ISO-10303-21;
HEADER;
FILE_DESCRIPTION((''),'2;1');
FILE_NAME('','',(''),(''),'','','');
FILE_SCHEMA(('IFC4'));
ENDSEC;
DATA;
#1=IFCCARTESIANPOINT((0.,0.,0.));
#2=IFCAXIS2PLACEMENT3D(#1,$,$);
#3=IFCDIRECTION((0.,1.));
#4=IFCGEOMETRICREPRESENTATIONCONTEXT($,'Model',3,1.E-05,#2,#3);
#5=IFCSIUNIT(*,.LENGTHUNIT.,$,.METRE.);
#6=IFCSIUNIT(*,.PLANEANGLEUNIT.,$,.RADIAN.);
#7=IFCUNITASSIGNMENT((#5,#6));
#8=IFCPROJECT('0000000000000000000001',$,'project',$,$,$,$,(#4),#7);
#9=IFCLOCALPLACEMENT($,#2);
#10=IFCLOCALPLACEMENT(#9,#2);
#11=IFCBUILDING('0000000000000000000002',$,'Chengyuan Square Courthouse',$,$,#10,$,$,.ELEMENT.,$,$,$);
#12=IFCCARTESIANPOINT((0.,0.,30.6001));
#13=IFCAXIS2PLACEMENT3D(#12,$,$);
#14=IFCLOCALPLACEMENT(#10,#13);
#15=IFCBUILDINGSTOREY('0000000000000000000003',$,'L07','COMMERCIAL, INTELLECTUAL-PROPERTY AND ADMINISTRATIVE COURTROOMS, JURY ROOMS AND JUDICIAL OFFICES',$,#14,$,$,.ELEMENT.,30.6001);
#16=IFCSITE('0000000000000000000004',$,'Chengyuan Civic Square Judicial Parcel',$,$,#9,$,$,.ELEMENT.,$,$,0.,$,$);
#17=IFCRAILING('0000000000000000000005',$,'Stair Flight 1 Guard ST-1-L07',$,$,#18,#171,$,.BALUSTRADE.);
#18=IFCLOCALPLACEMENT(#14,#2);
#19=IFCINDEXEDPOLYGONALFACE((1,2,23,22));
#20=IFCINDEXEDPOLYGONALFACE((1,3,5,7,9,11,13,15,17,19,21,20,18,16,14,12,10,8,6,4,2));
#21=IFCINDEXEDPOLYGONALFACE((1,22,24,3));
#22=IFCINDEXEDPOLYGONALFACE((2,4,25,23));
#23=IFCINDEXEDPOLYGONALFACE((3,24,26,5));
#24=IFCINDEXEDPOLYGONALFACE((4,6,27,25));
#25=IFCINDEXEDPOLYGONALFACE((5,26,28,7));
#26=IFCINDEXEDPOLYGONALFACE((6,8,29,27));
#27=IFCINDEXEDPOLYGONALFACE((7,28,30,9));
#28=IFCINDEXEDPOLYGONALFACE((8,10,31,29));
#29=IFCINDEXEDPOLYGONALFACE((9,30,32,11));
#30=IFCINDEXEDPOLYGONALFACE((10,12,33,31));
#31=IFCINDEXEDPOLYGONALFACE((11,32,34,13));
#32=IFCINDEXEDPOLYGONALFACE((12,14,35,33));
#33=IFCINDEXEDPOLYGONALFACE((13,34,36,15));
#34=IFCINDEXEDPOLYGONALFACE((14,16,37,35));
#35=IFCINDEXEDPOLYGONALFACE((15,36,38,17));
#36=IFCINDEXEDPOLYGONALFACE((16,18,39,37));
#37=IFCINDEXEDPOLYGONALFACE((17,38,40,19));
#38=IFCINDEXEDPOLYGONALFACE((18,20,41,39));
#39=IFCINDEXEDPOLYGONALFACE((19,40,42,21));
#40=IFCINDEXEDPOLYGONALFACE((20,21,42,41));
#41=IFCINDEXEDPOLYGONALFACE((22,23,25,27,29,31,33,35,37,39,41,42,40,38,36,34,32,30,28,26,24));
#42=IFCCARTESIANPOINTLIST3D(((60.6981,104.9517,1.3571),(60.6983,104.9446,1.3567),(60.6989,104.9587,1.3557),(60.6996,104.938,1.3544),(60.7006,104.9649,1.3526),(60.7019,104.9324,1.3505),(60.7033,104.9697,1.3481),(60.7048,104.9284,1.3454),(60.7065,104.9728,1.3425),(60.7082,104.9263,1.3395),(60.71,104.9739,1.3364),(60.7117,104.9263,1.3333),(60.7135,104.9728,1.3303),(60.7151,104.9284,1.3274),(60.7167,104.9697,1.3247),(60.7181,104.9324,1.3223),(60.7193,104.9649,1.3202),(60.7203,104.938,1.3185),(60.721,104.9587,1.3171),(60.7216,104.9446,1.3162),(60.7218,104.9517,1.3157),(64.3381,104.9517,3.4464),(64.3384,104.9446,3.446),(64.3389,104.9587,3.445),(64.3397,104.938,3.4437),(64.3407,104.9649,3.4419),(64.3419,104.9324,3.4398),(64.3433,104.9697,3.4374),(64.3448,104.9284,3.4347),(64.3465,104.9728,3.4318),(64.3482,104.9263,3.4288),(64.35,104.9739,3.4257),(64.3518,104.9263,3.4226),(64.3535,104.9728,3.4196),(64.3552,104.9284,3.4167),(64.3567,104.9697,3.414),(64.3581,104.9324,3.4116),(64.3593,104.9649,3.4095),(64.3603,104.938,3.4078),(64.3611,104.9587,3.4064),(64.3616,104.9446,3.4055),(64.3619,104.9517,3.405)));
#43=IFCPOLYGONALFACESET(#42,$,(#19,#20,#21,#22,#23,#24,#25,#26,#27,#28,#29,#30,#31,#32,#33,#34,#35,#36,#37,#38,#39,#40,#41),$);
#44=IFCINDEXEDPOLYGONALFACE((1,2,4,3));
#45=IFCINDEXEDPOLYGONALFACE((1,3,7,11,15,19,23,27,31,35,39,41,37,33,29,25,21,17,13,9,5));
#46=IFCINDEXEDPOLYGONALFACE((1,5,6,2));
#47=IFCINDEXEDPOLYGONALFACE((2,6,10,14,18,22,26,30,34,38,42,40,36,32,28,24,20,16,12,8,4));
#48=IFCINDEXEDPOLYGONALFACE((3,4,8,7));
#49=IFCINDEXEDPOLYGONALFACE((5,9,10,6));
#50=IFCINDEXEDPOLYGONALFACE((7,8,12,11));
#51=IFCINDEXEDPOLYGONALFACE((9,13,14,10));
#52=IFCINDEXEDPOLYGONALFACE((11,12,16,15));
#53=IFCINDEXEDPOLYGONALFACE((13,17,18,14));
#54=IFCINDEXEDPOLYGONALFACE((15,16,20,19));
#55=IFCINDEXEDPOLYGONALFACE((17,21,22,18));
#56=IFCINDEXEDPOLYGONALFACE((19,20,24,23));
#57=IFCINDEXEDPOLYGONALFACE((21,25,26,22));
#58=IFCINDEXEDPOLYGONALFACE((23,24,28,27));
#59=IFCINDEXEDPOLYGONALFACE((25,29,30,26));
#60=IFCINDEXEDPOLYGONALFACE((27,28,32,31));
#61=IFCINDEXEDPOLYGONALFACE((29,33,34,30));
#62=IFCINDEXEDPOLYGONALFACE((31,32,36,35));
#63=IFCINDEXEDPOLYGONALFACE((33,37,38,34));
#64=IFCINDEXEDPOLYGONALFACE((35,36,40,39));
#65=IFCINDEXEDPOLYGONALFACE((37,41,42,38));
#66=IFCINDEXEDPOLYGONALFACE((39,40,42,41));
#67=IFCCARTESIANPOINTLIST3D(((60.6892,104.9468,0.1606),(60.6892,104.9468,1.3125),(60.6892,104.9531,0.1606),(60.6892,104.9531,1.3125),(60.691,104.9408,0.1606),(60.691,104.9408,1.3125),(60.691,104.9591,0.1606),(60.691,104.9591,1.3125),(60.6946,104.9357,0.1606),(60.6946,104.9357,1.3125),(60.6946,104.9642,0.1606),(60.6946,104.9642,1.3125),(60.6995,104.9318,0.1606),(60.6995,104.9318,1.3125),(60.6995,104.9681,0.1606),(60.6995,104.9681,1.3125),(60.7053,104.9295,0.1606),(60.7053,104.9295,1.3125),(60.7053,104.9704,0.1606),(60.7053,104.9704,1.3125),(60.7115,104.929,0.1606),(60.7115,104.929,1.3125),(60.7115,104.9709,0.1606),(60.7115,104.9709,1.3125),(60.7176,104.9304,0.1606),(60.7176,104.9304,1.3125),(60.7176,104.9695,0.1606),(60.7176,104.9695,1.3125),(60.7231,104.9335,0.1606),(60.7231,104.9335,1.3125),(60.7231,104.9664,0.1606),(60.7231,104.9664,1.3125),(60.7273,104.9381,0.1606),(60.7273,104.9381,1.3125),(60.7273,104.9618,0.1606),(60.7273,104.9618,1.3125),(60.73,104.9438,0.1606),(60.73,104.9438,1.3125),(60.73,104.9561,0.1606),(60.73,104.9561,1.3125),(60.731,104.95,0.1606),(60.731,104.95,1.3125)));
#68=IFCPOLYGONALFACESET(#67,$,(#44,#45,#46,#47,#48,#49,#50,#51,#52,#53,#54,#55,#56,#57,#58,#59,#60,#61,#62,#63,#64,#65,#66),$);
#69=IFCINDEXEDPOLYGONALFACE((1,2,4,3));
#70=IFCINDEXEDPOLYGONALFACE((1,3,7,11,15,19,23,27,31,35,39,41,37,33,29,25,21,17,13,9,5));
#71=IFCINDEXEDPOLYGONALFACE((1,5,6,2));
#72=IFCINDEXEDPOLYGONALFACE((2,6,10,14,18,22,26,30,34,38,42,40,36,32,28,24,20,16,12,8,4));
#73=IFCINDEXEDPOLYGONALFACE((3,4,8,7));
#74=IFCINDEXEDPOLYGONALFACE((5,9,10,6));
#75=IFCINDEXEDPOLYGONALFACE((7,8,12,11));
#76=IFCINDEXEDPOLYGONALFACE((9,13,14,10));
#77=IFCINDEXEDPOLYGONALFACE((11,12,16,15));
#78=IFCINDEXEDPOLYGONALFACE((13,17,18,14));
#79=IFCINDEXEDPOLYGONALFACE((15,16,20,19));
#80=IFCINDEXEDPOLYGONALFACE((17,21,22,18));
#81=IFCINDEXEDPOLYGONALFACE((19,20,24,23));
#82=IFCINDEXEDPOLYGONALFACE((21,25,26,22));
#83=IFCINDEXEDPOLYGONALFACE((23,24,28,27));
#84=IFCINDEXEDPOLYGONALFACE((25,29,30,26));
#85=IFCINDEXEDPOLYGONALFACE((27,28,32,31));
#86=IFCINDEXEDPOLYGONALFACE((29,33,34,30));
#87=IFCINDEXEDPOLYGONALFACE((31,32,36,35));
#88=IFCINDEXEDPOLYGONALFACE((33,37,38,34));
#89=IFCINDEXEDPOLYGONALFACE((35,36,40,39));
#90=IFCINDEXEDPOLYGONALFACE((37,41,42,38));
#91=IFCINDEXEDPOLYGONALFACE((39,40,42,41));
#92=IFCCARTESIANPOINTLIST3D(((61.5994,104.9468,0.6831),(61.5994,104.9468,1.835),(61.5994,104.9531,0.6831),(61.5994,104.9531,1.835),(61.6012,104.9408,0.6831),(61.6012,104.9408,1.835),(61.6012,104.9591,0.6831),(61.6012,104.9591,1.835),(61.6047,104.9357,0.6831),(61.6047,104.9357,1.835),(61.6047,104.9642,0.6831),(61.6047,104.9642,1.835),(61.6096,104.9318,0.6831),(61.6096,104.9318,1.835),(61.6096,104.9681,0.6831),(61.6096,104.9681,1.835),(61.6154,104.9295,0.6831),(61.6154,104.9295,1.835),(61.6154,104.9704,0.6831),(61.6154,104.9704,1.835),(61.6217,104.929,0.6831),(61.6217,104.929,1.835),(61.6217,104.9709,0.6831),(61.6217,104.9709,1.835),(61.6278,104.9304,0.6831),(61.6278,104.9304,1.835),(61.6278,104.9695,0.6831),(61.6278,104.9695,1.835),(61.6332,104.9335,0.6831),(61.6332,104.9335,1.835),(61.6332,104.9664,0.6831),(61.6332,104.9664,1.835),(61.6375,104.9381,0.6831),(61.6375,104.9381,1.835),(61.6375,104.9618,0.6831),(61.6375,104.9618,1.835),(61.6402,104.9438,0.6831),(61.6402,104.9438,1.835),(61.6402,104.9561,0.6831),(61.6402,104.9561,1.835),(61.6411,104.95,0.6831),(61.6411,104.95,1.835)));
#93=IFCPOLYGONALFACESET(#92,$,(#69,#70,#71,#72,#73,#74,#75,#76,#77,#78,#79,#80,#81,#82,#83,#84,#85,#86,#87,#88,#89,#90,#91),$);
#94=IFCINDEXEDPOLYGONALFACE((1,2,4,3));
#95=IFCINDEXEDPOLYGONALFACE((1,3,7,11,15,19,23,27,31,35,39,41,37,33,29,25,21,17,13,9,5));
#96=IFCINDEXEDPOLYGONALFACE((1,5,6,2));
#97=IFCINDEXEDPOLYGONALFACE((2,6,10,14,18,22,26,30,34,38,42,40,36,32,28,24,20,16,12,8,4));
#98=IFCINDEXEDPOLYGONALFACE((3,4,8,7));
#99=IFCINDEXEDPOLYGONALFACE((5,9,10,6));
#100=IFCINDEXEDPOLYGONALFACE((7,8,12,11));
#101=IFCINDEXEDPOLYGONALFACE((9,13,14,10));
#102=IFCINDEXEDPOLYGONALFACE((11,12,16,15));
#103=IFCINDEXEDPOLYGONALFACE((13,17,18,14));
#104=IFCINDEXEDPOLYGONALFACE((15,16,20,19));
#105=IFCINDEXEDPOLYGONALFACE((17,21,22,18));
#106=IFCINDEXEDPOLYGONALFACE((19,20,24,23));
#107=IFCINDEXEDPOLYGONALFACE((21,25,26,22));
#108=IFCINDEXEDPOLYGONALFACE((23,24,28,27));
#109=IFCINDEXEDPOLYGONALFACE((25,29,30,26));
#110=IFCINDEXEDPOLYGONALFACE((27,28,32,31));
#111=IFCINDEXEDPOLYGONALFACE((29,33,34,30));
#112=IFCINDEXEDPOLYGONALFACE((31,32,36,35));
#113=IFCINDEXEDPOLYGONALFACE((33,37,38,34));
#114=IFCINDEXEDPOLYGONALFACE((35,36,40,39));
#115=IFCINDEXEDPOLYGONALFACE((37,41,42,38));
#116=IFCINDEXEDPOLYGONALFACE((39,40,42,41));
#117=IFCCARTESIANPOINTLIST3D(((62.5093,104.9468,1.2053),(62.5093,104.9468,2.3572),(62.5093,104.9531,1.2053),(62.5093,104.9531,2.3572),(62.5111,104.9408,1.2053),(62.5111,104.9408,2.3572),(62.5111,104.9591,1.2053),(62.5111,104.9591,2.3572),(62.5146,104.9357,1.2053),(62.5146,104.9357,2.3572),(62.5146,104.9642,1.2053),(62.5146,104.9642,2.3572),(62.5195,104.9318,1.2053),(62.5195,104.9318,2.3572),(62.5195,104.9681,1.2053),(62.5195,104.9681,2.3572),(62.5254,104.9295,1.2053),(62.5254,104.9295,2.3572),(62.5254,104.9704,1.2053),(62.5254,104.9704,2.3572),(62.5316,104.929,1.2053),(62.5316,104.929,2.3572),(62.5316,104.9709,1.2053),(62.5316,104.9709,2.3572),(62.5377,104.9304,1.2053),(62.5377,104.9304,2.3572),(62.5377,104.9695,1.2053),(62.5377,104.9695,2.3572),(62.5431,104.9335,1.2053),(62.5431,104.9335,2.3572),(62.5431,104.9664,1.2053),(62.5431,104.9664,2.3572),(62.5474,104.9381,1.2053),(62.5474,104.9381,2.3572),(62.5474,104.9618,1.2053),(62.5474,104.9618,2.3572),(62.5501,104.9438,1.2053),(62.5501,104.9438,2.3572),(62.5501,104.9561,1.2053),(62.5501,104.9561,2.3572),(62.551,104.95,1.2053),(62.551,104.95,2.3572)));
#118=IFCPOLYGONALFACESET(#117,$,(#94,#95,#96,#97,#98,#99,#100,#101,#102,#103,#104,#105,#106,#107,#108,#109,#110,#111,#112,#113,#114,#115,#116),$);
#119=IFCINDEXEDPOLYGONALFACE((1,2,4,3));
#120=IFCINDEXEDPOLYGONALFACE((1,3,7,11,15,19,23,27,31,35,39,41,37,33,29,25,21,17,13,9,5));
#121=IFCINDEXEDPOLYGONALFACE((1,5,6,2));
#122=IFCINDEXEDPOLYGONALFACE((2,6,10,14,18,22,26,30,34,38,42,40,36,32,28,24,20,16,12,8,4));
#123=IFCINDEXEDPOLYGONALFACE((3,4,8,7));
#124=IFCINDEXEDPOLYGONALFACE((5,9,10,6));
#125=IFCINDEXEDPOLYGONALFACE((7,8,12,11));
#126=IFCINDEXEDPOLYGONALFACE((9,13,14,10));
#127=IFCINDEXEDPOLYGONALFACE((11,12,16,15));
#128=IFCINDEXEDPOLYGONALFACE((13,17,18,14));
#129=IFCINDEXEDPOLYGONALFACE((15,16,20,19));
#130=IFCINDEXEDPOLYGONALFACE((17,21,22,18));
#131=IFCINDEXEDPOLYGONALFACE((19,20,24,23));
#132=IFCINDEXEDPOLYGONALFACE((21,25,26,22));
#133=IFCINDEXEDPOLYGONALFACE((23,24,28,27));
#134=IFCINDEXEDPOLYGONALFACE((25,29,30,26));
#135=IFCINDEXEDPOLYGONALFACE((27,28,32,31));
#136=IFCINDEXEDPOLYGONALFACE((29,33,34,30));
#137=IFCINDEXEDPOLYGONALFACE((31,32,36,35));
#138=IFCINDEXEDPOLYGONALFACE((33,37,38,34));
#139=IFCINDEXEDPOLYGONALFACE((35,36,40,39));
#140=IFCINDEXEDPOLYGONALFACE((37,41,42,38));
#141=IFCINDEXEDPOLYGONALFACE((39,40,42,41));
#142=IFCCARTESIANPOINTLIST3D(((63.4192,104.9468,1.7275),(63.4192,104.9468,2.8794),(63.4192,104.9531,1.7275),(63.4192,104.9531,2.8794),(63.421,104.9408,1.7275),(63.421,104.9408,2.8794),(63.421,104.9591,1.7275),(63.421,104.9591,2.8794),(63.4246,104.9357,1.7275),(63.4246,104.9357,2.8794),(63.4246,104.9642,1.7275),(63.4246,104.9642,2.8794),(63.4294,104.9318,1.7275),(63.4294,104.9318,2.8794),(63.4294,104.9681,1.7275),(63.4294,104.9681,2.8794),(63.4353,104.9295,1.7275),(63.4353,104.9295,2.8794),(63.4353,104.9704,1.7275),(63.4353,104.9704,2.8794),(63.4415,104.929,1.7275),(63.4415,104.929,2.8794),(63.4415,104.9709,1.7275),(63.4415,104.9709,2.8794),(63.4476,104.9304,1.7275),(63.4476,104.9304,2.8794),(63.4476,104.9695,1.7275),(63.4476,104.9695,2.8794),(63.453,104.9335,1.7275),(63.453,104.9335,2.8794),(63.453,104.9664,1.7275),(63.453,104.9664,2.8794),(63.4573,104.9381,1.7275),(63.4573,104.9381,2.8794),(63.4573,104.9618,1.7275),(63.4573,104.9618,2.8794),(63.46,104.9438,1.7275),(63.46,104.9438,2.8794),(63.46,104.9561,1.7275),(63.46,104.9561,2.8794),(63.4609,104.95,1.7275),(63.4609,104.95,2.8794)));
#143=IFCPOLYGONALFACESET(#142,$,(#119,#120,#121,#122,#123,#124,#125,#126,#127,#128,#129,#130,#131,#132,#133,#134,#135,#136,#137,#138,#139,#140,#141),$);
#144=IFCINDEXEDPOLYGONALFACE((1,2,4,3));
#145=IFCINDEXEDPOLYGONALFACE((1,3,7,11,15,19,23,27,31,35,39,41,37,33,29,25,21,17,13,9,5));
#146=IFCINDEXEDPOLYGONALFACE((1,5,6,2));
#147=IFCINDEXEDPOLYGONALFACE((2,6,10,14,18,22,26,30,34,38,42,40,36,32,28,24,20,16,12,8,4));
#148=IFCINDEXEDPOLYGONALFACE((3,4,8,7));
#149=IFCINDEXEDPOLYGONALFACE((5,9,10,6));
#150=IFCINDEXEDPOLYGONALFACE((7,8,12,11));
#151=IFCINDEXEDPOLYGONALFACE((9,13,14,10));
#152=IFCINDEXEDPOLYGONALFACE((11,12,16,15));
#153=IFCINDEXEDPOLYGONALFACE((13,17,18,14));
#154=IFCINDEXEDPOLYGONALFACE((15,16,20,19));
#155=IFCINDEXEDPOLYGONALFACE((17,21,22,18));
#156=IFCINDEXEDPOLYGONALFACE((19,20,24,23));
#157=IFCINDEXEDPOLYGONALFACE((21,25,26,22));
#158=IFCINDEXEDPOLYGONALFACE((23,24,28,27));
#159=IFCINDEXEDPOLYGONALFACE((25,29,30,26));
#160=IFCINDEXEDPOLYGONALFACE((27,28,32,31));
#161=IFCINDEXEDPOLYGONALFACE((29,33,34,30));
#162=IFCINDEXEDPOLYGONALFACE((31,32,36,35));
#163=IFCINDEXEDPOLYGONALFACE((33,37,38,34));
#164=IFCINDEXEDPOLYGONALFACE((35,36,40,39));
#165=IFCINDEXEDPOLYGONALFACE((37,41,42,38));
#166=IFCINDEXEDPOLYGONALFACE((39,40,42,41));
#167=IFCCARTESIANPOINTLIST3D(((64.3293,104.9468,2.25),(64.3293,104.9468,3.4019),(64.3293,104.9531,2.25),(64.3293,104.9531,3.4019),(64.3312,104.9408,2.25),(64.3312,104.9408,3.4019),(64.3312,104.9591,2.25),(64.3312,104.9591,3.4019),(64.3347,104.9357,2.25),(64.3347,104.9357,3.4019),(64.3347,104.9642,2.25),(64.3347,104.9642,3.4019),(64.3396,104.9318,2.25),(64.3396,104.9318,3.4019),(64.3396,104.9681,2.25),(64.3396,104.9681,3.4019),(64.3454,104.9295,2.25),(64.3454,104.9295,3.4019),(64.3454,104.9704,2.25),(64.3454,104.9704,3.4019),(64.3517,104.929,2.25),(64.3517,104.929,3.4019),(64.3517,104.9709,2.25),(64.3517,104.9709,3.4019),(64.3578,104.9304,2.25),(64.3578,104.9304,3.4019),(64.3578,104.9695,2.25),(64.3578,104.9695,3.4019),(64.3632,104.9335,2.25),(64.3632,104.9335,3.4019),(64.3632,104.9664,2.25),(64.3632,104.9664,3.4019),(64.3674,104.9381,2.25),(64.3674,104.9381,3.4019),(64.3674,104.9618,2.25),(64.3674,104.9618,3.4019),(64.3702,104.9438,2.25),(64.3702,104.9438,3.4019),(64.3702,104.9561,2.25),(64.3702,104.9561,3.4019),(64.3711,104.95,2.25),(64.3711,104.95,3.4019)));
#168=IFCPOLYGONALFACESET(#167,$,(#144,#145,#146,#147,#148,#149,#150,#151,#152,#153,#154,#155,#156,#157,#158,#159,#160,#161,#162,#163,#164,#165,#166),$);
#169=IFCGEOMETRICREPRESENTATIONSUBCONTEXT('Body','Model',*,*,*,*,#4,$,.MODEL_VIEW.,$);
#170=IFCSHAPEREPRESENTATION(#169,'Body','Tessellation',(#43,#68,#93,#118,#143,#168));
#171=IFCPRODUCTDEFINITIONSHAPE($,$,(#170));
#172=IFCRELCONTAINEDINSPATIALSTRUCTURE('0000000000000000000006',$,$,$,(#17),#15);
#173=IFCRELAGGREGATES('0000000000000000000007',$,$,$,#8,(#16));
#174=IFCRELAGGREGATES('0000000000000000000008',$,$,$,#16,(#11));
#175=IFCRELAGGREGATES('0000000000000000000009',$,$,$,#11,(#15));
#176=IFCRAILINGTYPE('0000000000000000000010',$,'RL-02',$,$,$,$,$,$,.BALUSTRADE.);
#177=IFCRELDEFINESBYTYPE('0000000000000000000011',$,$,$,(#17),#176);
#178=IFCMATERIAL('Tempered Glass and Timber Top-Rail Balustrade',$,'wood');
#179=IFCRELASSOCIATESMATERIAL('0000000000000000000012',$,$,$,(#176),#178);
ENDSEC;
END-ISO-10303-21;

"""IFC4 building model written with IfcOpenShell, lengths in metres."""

from ifc_helpers import new_model, si_unit, direction, frame, origin, origin_2d, place, context, subcontext, project, spatial, circle, extrude, material, type_object, element, save


model = new_model("IFC4")

# Units and contexts
model_context = context("Model", 3, precision=1e-05, world=origin(), true_north=direction((0.0, 1.0)))
body_context = subcontext(model_context, "Body", "Model", "MODEL_VIEW")
ifc_project = project(units=[si_unit("LENGTHUNIT", "METRE"), si_unit("PLANEANGLEUNIT", "RADIAN")], contexts=[model_context])

# Site, building, storey
site_placement = place(None, origin())
site = spatial("IfcSite", under=ifc_project, at=site_placement, Name="Chengyuan Civic Square Judicial Parcel", CompositionType="ELEMENT", RefElevation=0.0)
building_placement = place(site_placement, origin())
building = spatial("IfcBuilding", under=site, at=building_placement, Name="Chengyuan Square Courthouse", CompositionType="ELEMENT")
storey_placement = place(building_placement, frame((0.0, 0.0, 30.6001)))
storey = spatial("IfcBuildingStorey", under=building, at=storey_placement, Name="L07", Description="COMMERCIAL, INTELLECTUAL-PROPERTY AND ADMINISTRATIVE COURTROOMS, JURY ROOMS AND JUDICIAL OFFICES", CompositionType="ELEMENT", Elevation=30.6001)

# Railing
ifc_material_1 = material(Name="Tempered Glass and Timber Top-Rail Balustrade", Category="wood")
railing_type_1 = type_object("IfcRailingType", Name="RL-02", PredefinedType="BALUSTRADE", material=ifc_material_1)
railing_1_placement = place(storey_placement, frame((60.71, 104.95, 0.1606)))
element("IfcRailing", 1, at=railing_1_placement, inside=storey, type_object=railing_type_1, Name="Stair Flight 1 Guard ST-1-L07", PredefinedType="BALUSTRADE", context=body_context, shape_type="SweptSolid", body=[
    extrude(circle(Radius=0.0239, at=origin_2d()), frame((0.0, 0.0, 1.1758), z_axis=(0.867289, 0.0, 0.497804), x_axis=(0.0, 1.0, 0.0)), (0.0, 0.0, 1.0), 4.197),
    extrude(circle(Radius=0.021, at=origin_2d()), origin(), (0.0, 0.0, 1.0), 1.1519),
    extrude(circle(Radius=0.021, at=origin_2d()), frame((0.9102, 0.0, 0.5225)), (0.0, 0.0, 1.0), 1.1519),
    extrude(circle(Radius=0.021, at=origin_2d()), frame((1.8201, 0.0, 1.0447)), (0.0, 0.0, 1.0), 1.1519),
    extrude(circle(Radius=0.021, at=origin_2d()), frame((2.73, 0.0, 1.5669)), (0.0, 0.0, 1.0), 1.1519),
    extrude(circle(Radius=0.021, at=origin_2d()), frame((3.6401, 0.0, 2.0894)), (0.0, 0.0, 1.0), 1.1519),
])

save(model, "model.ifc")
